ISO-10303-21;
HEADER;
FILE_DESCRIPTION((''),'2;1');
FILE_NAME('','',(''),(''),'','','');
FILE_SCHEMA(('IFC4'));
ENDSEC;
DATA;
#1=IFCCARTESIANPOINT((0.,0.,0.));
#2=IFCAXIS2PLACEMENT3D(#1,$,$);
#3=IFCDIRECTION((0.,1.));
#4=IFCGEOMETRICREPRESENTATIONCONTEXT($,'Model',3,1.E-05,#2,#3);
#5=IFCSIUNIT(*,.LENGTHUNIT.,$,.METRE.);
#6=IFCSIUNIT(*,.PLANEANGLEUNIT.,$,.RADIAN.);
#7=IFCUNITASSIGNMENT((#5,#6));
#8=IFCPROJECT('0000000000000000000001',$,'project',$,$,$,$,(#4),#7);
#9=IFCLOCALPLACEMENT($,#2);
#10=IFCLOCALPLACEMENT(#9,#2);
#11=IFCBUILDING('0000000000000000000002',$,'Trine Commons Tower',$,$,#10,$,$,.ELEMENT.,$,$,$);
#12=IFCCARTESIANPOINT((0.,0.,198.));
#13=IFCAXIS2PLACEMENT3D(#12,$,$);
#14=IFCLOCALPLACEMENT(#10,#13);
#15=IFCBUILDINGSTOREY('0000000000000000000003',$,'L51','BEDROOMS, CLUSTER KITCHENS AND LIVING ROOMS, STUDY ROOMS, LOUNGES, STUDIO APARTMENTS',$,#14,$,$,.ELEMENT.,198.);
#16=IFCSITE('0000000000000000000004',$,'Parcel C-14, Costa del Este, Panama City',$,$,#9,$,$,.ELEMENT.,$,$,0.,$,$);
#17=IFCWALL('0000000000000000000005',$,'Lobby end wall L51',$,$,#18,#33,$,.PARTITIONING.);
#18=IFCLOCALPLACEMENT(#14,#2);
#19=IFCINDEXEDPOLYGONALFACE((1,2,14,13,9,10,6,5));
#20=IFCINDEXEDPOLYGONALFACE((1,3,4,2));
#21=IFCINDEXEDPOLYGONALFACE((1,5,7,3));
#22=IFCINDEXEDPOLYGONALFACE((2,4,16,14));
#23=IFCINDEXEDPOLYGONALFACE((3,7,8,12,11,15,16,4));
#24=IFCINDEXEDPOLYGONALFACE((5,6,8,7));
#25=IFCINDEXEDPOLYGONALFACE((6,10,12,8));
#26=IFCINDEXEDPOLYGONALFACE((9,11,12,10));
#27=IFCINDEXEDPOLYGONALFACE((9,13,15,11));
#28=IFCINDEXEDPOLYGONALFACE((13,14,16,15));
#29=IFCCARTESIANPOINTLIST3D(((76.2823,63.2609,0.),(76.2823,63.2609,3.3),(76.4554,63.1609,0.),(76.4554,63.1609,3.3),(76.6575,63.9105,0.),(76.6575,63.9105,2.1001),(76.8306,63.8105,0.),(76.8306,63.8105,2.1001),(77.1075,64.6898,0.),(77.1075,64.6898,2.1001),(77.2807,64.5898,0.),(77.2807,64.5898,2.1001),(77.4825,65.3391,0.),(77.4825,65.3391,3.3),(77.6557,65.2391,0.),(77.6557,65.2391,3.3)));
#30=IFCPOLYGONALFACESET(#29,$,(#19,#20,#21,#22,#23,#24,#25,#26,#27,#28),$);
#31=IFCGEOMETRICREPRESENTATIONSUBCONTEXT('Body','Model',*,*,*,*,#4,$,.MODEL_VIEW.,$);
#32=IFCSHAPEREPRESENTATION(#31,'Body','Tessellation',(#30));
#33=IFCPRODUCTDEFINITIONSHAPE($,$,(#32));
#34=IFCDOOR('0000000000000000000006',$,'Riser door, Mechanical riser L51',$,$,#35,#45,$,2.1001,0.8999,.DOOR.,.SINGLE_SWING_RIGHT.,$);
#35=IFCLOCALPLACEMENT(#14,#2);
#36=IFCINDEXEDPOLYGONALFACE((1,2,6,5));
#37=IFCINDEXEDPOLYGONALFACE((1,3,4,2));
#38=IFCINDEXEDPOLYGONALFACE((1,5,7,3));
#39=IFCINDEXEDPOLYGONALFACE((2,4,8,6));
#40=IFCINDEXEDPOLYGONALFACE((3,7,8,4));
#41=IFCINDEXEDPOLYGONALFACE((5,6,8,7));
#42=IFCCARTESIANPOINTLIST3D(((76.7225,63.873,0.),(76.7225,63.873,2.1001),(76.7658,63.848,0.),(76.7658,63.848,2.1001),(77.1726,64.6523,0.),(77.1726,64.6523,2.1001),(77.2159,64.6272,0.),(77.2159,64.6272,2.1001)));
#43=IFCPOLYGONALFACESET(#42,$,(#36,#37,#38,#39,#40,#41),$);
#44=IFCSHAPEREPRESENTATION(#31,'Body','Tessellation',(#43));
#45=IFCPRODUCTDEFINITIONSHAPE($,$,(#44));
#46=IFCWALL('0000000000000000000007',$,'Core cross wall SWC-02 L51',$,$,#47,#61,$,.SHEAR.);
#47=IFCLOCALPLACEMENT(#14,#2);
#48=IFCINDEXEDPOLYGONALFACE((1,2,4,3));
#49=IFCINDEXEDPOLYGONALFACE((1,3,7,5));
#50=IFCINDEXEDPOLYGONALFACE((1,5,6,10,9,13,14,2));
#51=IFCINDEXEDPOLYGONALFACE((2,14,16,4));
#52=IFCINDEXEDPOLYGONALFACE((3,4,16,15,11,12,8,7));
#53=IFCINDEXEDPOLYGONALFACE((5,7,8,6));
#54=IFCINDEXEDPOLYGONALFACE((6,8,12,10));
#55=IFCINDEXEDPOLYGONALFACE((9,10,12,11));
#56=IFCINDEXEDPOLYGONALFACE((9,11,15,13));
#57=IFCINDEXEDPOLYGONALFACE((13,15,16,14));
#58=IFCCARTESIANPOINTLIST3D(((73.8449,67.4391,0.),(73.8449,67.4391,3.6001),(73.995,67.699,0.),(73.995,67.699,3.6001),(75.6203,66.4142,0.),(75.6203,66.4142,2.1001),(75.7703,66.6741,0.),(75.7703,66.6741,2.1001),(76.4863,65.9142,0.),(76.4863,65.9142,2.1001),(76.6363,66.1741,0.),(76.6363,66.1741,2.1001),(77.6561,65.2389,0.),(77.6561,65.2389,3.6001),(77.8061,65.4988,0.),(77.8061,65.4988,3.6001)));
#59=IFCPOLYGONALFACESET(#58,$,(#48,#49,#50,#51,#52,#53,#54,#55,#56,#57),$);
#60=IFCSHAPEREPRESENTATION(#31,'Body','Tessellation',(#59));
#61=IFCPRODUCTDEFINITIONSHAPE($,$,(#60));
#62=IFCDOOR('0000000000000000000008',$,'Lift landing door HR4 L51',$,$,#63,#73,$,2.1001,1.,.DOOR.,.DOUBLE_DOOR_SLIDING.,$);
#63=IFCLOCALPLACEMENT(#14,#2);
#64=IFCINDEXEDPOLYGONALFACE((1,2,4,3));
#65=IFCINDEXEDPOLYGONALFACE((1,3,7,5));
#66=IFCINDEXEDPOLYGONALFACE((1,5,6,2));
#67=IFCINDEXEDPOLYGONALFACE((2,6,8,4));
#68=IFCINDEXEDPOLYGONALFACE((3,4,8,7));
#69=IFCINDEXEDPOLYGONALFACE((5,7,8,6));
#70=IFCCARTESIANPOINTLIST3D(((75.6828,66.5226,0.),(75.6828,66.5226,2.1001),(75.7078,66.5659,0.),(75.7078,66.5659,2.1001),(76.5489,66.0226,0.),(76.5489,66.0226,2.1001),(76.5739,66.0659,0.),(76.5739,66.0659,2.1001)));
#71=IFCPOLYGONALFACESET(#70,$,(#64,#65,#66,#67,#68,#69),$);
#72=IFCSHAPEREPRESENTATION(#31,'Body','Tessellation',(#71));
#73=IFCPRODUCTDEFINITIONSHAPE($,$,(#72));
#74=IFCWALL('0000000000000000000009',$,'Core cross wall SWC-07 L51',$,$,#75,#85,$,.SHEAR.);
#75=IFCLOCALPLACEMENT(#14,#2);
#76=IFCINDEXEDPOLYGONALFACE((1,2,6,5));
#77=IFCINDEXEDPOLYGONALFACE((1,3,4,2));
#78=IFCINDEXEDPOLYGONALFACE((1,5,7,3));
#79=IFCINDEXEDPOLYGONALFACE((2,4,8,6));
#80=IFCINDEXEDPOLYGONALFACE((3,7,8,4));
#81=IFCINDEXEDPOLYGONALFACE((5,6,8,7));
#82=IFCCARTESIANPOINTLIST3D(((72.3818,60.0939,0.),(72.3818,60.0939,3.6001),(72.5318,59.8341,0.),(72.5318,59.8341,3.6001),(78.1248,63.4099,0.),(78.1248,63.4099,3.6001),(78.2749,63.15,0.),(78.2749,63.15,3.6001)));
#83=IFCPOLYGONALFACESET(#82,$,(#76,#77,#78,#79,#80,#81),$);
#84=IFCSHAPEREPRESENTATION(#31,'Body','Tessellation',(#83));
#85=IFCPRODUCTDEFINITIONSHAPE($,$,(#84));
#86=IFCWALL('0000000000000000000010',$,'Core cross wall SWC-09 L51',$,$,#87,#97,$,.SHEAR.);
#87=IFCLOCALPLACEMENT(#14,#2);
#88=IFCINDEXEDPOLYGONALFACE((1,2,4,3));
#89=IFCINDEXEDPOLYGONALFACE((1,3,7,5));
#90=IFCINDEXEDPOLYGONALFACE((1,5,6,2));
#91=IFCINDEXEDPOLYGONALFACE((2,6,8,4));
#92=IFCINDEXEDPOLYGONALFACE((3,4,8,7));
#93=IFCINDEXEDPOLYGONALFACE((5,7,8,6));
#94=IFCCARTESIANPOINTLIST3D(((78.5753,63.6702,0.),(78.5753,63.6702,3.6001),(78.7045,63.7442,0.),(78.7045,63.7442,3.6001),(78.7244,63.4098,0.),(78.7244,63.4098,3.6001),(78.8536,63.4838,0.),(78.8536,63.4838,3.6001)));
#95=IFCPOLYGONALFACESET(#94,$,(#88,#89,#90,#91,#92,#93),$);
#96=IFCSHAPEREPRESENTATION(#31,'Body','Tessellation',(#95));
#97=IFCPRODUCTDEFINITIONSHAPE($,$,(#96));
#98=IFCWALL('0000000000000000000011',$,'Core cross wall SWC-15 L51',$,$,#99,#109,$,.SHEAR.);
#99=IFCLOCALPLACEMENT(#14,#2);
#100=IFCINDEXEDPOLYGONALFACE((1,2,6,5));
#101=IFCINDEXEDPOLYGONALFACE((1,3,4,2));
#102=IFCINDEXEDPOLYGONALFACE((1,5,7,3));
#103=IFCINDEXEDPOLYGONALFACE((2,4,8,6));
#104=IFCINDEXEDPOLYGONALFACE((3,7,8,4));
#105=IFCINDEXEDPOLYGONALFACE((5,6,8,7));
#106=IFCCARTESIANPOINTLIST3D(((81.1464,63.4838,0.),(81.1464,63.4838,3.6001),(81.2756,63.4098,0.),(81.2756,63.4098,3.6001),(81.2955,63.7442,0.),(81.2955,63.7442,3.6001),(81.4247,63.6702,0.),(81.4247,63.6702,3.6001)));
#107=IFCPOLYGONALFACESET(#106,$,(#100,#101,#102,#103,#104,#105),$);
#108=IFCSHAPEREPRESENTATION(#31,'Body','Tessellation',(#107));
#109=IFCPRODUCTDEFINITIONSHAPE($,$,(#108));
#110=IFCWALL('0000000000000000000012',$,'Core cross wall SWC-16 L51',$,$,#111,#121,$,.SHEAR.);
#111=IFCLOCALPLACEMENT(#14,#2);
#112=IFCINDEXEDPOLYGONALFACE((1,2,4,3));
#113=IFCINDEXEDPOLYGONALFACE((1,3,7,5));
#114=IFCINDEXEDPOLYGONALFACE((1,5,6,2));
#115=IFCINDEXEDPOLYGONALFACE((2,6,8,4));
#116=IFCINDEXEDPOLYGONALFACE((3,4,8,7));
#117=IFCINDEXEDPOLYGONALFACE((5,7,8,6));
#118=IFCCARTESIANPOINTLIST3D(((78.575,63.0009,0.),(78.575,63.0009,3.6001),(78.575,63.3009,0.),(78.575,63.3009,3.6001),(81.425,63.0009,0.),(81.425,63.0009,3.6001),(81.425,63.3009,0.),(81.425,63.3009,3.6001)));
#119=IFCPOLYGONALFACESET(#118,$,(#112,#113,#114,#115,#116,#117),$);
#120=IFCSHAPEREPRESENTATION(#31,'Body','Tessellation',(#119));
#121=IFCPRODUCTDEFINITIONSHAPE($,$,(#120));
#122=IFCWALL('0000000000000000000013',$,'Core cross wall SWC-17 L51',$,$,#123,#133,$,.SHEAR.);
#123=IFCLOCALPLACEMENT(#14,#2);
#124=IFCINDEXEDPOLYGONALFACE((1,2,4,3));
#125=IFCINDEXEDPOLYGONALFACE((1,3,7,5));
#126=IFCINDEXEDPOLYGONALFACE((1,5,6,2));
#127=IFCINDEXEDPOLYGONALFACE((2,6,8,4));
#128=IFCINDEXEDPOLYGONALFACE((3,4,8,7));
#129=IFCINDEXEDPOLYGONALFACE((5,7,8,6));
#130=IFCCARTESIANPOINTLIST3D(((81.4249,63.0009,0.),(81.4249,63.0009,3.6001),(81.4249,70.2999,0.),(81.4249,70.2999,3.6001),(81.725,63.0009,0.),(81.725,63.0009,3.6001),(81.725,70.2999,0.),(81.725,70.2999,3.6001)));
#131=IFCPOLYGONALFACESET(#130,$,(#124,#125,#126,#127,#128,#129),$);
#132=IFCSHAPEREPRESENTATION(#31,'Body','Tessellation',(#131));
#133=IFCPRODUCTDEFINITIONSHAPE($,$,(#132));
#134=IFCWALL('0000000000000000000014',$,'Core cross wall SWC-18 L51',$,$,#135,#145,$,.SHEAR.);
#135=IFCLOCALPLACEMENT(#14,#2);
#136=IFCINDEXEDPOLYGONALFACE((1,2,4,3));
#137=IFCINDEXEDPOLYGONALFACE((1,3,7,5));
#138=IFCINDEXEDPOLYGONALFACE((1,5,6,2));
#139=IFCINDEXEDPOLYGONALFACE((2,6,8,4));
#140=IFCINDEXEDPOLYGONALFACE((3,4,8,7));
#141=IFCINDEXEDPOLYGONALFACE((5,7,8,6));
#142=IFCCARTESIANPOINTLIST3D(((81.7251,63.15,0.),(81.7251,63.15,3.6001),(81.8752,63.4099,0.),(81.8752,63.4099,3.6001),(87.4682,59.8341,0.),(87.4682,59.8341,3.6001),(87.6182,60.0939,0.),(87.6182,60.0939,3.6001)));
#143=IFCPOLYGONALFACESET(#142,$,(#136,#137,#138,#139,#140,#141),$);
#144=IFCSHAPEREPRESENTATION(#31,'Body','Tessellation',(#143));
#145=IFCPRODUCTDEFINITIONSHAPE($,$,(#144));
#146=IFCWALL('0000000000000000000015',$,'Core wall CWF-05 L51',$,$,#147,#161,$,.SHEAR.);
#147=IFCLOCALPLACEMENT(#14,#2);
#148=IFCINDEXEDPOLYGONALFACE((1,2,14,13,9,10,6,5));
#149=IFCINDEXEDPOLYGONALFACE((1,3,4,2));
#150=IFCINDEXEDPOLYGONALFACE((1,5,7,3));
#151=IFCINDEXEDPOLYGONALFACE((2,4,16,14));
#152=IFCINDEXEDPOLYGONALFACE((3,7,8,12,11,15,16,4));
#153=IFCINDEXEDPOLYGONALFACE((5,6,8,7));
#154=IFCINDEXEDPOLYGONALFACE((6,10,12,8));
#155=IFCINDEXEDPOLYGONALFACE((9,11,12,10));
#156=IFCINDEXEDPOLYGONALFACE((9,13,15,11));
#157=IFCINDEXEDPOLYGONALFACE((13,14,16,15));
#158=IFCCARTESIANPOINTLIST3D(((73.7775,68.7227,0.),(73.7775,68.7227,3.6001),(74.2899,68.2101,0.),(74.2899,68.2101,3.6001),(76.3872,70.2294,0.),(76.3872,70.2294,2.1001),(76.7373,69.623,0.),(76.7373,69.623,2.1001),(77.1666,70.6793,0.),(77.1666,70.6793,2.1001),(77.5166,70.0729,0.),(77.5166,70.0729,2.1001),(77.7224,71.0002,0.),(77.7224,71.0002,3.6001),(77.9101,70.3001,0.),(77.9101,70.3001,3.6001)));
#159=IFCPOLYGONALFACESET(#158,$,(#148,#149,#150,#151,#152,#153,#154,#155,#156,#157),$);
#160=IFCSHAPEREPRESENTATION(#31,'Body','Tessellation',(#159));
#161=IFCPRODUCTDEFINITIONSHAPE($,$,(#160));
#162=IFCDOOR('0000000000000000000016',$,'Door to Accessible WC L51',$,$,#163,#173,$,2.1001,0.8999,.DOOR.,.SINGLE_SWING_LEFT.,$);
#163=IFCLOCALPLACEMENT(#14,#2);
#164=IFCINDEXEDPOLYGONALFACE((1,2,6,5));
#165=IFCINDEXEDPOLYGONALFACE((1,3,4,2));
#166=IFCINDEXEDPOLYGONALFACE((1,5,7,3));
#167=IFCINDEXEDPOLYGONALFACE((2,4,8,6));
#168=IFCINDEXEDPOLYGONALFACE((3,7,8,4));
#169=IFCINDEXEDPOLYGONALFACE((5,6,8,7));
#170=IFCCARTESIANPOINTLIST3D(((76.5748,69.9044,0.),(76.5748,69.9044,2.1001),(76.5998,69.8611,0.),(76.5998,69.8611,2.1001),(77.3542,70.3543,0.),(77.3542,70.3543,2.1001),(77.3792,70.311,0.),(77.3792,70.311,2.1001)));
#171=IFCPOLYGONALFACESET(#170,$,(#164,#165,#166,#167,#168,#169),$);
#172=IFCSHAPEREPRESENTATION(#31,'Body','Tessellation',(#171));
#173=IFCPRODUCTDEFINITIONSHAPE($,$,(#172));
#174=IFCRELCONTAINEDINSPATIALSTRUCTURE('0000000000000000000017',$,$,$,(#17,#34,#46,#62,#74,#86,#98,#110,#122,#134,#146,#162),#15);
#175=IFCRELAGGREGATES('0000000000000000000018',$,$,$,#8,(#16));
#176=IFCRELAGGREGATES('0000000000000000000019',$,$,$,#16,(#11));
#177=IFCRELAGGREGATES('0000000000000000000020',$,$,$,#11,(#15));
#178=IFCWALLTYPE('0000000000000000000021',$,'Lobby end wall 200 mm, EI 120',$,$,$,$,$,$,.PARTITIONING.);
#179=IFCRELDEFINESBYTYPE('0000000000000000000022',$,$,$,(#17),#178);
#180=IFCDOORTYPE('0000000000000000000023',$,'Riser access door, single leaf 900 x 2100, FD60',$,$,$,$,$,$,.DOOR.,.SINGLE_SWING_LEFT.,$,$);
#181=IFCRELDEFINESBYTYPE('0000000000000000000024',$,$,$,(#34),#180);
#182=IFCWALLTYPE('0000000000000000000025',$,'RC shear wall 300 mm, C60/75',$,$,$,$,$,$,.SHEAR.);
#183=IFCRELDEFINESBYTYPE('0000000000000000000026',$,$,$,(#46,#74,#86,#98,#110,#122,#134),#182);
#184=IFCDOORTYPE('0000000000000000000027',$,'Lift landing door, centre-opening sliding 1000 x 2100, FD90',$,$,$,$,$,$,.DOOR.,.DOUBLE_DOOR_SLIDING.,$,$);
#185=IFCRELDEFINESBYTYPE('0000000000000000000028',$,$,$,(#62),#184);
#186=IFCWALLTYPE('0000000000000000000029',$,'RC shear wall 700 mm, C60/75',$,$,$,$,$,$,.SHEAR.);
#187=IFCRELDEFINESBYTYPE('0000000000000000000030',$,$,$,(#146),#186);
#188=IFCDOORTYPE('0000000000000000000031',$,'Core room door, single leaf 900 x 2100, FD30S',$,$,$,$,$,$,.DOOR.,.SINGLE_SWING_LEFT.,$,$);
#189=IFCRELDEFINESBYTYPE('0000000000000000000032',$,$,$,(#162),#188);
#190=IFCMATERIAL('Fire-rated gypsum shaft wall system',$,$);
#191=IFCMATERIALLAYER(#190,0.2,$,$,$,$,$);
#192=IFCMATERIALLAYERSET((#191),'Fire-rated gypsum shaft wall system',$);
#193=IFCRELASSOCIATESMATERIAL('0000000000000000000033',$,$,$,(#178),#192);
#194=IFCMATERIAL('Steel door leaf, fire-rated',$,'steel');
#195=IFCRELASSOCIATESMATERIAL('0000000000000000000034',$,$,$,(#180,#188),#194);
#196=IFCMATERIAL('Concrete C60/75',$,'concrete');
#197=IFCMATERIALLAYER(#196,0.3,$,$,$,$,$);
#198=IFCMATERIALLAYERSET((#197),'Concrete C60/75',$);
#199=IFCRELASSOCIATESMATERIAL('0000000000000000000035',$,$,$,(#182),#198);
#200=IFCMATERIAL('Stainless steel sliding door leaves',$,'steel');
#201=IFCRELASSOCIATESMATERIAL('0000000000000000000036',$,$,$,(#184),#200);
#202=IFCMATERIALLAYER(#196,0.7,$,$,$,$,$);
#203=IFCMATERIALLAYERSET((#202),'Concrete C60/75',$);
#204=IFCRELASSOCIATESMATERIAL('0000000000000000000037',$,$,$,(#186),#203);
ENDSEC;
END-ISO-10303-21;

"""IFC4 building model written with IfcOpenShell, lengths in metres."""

from ifc_helpers import new_model, si_unit, direction, frame, frame_2d, origin, place, context, subcontext, project, spatial, polyline, rectangle, outline, extrude, material, layer, layer_set, type_object, element, fill, save


model = new_model("IFC4")

# Units and contexts
model_context = context("Model", 3, precision=1e-05, world=origin(), true_north=direction((0.0, 1.0)))
body_context = subcontext(model_context, "Body", "Model", "MODEL_VIEW")
ifc_project = project(units=[si_unit("LENGTHUNIT", "METRE"), si_unit("PLANEANGLEUNIT", "RADIAN")], contexts=[model_context])

# Site, building, storey
site_placement = place(None, origin())
site = spatial("IfcSite", under=ifc_project, at=site_placement, Name="Parcel C-14, Costa del Este, Panama City", CompositionType="ELEMENT", RefElevation=0.0)
building_placement = place(site_placement, origin())
building = spatial("IfcBuilding", under=site, at=building_placement, Name="Trine Commons Tower", CompositionType="ELEMENT")
storey_placement = place(building_placement, frame((0.0, 0.0, 198.0)))
storey = spatial("IfcBuildingStorey", under=building, at=storey_placement, Name="L51", Description="BEDROOMS, CLUSTER KITCHENS AND LIVING ROOMS, STUDY ROOMS, LOUNGES, STUDIO APARTMENTS", CompositionType="ELEMENT", Elevation=198.0)

# Walls, openings, doors
ifc_material_1 = material(Name="Fire-rated gypsum shaft wall system")
ifc_layer_1 = layer(ifc_material_1, 0.2)
ifc_layer_set_1 = layer_set([ifc_layer_1], Name="Fire-rated gypsum shaft wall system")
wall_type_1 = type_object("IfcWallType", Name="Lobby end wall 200 mm, EI 120", PredefinedType="PARTITIONING", material=ifc_layer_set_1)
wall_1_placement = place(storey_placement, frame((77.5691, 65.2891, 0.0), z_axis=(0.0, 0.0, 1.0), x_axis=(-0.500122, -0.865955, 0.0)))
wall_1 = element("IfcWall", 1, at=wall_1_placement, inside=storey, type_object=wall_type_1, Name="Lobby end wall L51", PredefinedType="PARTITIONING", context=body_context, shape_type="SweptSolid", body=[
    extrude(rectangle(XDim=2.3999, YDim=0.2, at=frame_2d((1.2, 0.0))), origin(), (0.0, 0.0, 1.0), 3.3),
])
opening_1_placement = place(wall_1_placement, frame((0.7498, 0.0, 0.0)))
opening_1 = element("IfcOpeningElement", 2, at=opening_1_placement, cuts=wall_1, PredefinedType="OPENING", context=body_context, shape_type="SweptSolid", body=[
    extrude(rectangle(XDim=0.8999, YDim=2.1001, at=frame_2d((0.45, 1.05))), frame((0.0, 0.1099, 0.0), z_axis=(0.0, -1.0, 0.0), x_axis=(1.0, 0.0, 0.0)), (0.0, 0.0, 1.0), 0.22),
])
ifc_material_2 = material(Name="Steel door leaf, fire-rated", Category="steel")
door_type_1 = type_object("IfcDoorType", Name="Riser access door, single leaf 900 x 2100, FD60", OperationType="SINGLE_SWING_LEFT", PredefinedType="DOOR", material=ifc_material_2)
door_1_placement = place(opening_1_placement, frame((0.8999, 0.0, 0.0), z_axis=(0.0, 0.0, 1.0), x_axis=(-1.0, 0.0, 0.0)))
door_1 = element("IfcDoor", 3, at=door_1_placement, inside=storey, type_object=door_type_1, Name="Riser door, Mechanical riser L51", OperationType="SINGLE_SWING_RIGHT", OverallHeight=2.1001, OverallWidth=0.8999, PredefinedType="DOOR", context=body_context, shape_type="SweptSolid", body=[
    extrude(rectangle(XDim=0.8999, YDim=2.1001, at=frame_2d((0.45, 1.05))), frame((0.0, 0.0249, 0.0), z_axis=(0.0, -1.0, 0.0), x_axis=(1.0, 0.0, 0.0)), (0.0, 0.0, 1.0), 0.05),
])
fill(opening_1, door_1)
ifc_material_3 = material(Name="Concrete C60/75", Category="concrete")
ifc_layer_2 = layer(ifc_material_3, 0.3)
ifc_layer_set_2 = layer_set([ifc_layer_2], Name="Concrete C60/75")
wall_type_2 = type_object("IfcWallType", Name="RC shear wall 300 mm, C60/75", PredefinedType="SHEAR", material=ifc_layer_set_2)
wall_2_placement = place(storey_placement, frame((77.731, 65.3689, 0.0), z_axis=(0.0, 0.0, 1.0), x_axis=(-0.866036, 0.499982, 0.0)))
wall_2 = element("IfcWall", 4, at=wall_2_placement, inside=storey, type_object=wall_type_2, Name="Core cross wall SWC-02 L51", PredefinedType="SHEAR", context=body_context, shape_type="SweptSolid", body=[
    extrude(rectangle(XDim=4.4006, YDim=0.3, at=frame_2d((2.2002, 0.0))), origin(), (0.0, 0.0, 1.0), 3.6001),
])
opening_2_placement = place(wall_2_placement, frame((1.3506, 0.0, 0.0)))
opening_2 = element("IfcOpeningElement", 5, at=opening_2_placement, cuts=wall_2, PredefinedType="OPENING", context=body_context, shape_type="SweptSolid", body=[
    extrude(rectangle(XDim=1.0, YDim=2.1001, at=frame_2d((0.5, 1.05))), frame((0.0, 0.1599, 0.0), z_axis=(0.0, -1.0, 0.0), x_axis=(1.0, 0.0, 0.0)), (0.0, 0.0, 1.0), 0.3201),
])
ifc_material_4 = material(Name="Stainless steel sliding door leaves", Category="steel")
door_type_2 = type_object("IfcDoorType", Name="Lift landing door, centre-opening sliding 1000 x 2100, FD90", OperationType="DOUBLE_DOOR_SLIDING", PredefinedType="DOOR", material=ifc_material_4)
door_2_placement = place(opening_2_placement, origin())
door_2 = element("IfcDoor", 6, at=door_2_placement, inside=storey, type_object=door_type_2, Name="Lift landing door HR4 L51", OperationType="DOUBLE_DOOR_SLIDING", OverallHeight=2.1001, OverallWidth=1.0, PredefinedType="DOOR", context=body_context, shape_type="SweptSolid", body=[
    extrude(rectangle(XDim=1.0, YDim=2.1001, at=frame_2d((0.5, 1.05))), frame((0.0, 0.0249, 0.0), z_axis=(0.0, -1.0, 0.0), x_axis=(1.0, 0.0, 0.0)), (0.0, 0.0, 1.0), 0.05),
])
fill(opening_2, door_2)

# Walls
wall_3_placement = place(storey_placement, frame((78.2, 63.28, 0.0), z_axis=(0.0, 0.0, 1.0), x_axis=(-0.86601, -0.500027, 0.0)))
element("IfcWall", 7, at=wall_3_placement, inside=storey, type_object=wall_type_2, Name="Core cross wall SWC-07 L51", PredefinedType="SHEAR", context=body_context, shape_type="SweptSolid", body=[
    extrude(rectangle(XDim=6.6316, YDim=0.3, at=frame_2d((3.3159, 0.0))), origin(), (0.0, 0.0, 1.0), 3.6001),
])
for number, where, z_axis, x_axis, name in (
    (8, (78.7791, 63.614, 0.0), (0.0, 0.0, 1.0), (-0.867738, -0.497022, 0.0), "Core cross wall SWC-09 L51"),
    (9, (81.2209, 63.614, 0.0), (0.0, 0.0, 1.0), (0.867738, -0.497022, 0.0), "Core cross wall SWC-15 L51"),
):
    element("IfcWall", number, at=place(storey_placement, frame(where, z_axis=z_axis, x_axis=x_axis)), inside=storey, type_object=wall_type_2, Name=name, PredefinedType="SHEAR", context=body_context, shape_type="SweptSolid", body=[
        extrude(rectangle(XDim=0.1489, YDim=0.3, at=frame_2d((0.0745, 0.0))), origin(), (0.0, 0.0, 1.0), 3.6001),
    ])
wall_4_placement = place(storey_placement, frame((81.425, 63.1509, 0.0), z_axis=(0.0, 0.0, 1.0), x_axis=(-1.0, 0.0, 0.0)))
element("IfcWall", 10, at=wall_4_placement, inside=storey, type_object=wall_type_2, Name="Core cross wall SWC-16 L51", PredefinedType="SHEAR", context=body_context, shape_type="SweptSolid", body=[
    extrude(rectangle(XDim=2.8501, YDim=0.3, at=frame_2d((1.425, 0.0))), origin(), (0.0, 0.0, 1.0), 3.6001),
])
wall_5_placement = place(storey_placement, frame((81.575, 63.001, 0.0), z_axis=(0.0, 0.0, 1.0), x_axis=(0.0, 1.0, 0.0)))
element("IfcWall", 11, at=wall_5_placement, inside=storey, type_object=wall_type_2, Name="Core cross wall SWC-17 L51", PredefinedType="SHEAR", context=body_context, shape_type="SweptSolid", body=[
    extrude(rectangle(XDim=7.2991, YDim=0.3, at=frame_2d((3.6494, 0.0))), origin(), (0.0, 0.0, 1.0), 3.6001),
])
wall_6_placement = place(storey_placement, frame((81.8, 63.28, 0.0), z_axis=(0.0, 0.0, 1.0), x_axis=(0.86601, -0.500027, 0.0)))
element("IfcWall", 12, at=wall_6_placement, inside=storey, type_object=wall_type_2, Name="Core cross wall SWC-18 L51", PredefinedType="SHEAR", context=body_context, shape_type="SweptSolid", body=[
    extrude(rectangle(XDim=6.6316, YDim=0.3, at=frame_2d((3.3159, 0.0))), origin(), (0.0, 0.0, 1.0), 3.6001),
])

# Wall, opening, door
ifc_layer_3 = layer(ifc_material_3, 0.7)
ifc_layer_set_3 = layer_set([ifc_layer_3], Name="Concrete C60/75")
wall_type_3 = type_object("IfcWallType", Name="RC shear wall 700 mm, C60/75", PredefinedType="SHEAR", material=ifc_layer_set_3)
wall_7_placement = place(storey_placement, frame((77.8975, 70.697, 0.0), z_axis=(0.0, 0.0, 1.0), x_axis=(-0.866035, -0.499984, 0.0)))
wall_7 = element("IfcWall", 13, at=wall_7_placement, inside=storey, type_object=wall_type_3, Name="Core wall CWF-05 L51", PredefinedType="SHEAR", context=body_context, shape_type="SweptSolid", body=[
    extrude(outline(polyline([(0.0, -0.3501), (4.5552, -0.3501), (4.3677, 0.3501), (0.1875, 0.3501), (0.0, -0.3501)])), origin(), (0.0, 0.0, 1.0), 3.6001),
])
opening_3_placement = place(wall_7_placement, frame((0.6418, 0.0, 0.0)))
opening_3 = element("IfcOpeningElement", 14, at=opening_3_placement, cuts=wall_7, PredefinedType="OPENING", context=body_context, shape_type="SweptSolid", body=[
    extrude(rectangle(XDim=0.8999, YDim=2.1001, at=frame_2d((0.45, 1.05))), frame((0.0, 0.3599, 0.0), z_axis=(0.0, -1.0, 0.0), x_axis=(1.0, 0.0, 0.0)), (0.0, 0.0, 1.0), 0.72),
])
door_type_3 = type_object("IfcDoorType", Name="Core room door, single leaf 900 x 2100, FD30S", OperationType="SINGLE_SWING_LEFT", PredefinedType="DOOR", material=ifc_material_2)
door_3_placement = place(opening_3_placement, origin())
door_3 = element("IfcDoor", 15, at=door_3_placement, inside=storey, type_object=door_type_3, Name="Door to Accessible WC L51", OperationType="SINGLE_SWING_LEFT", OverallHeight=2.1001, OverallWidth=0.8999, PredefinedType="DOOR", context=body_context, shape_type="SweptSolid", body=[
    extrude(rectangle(XDim=0.8999, YDim=2.1001, at=frame_2d((0.45, 1.05))), frame((0.0, 0.0752, 0.0), z_axis=(0.0, -1.0, 0.0), x_axis=(1.0, 0.0, 0.0)), (0.0, 0.0, 1.0), 0.05),
])
fill(opening_3, door_3)

save(model, "model.ifc")
